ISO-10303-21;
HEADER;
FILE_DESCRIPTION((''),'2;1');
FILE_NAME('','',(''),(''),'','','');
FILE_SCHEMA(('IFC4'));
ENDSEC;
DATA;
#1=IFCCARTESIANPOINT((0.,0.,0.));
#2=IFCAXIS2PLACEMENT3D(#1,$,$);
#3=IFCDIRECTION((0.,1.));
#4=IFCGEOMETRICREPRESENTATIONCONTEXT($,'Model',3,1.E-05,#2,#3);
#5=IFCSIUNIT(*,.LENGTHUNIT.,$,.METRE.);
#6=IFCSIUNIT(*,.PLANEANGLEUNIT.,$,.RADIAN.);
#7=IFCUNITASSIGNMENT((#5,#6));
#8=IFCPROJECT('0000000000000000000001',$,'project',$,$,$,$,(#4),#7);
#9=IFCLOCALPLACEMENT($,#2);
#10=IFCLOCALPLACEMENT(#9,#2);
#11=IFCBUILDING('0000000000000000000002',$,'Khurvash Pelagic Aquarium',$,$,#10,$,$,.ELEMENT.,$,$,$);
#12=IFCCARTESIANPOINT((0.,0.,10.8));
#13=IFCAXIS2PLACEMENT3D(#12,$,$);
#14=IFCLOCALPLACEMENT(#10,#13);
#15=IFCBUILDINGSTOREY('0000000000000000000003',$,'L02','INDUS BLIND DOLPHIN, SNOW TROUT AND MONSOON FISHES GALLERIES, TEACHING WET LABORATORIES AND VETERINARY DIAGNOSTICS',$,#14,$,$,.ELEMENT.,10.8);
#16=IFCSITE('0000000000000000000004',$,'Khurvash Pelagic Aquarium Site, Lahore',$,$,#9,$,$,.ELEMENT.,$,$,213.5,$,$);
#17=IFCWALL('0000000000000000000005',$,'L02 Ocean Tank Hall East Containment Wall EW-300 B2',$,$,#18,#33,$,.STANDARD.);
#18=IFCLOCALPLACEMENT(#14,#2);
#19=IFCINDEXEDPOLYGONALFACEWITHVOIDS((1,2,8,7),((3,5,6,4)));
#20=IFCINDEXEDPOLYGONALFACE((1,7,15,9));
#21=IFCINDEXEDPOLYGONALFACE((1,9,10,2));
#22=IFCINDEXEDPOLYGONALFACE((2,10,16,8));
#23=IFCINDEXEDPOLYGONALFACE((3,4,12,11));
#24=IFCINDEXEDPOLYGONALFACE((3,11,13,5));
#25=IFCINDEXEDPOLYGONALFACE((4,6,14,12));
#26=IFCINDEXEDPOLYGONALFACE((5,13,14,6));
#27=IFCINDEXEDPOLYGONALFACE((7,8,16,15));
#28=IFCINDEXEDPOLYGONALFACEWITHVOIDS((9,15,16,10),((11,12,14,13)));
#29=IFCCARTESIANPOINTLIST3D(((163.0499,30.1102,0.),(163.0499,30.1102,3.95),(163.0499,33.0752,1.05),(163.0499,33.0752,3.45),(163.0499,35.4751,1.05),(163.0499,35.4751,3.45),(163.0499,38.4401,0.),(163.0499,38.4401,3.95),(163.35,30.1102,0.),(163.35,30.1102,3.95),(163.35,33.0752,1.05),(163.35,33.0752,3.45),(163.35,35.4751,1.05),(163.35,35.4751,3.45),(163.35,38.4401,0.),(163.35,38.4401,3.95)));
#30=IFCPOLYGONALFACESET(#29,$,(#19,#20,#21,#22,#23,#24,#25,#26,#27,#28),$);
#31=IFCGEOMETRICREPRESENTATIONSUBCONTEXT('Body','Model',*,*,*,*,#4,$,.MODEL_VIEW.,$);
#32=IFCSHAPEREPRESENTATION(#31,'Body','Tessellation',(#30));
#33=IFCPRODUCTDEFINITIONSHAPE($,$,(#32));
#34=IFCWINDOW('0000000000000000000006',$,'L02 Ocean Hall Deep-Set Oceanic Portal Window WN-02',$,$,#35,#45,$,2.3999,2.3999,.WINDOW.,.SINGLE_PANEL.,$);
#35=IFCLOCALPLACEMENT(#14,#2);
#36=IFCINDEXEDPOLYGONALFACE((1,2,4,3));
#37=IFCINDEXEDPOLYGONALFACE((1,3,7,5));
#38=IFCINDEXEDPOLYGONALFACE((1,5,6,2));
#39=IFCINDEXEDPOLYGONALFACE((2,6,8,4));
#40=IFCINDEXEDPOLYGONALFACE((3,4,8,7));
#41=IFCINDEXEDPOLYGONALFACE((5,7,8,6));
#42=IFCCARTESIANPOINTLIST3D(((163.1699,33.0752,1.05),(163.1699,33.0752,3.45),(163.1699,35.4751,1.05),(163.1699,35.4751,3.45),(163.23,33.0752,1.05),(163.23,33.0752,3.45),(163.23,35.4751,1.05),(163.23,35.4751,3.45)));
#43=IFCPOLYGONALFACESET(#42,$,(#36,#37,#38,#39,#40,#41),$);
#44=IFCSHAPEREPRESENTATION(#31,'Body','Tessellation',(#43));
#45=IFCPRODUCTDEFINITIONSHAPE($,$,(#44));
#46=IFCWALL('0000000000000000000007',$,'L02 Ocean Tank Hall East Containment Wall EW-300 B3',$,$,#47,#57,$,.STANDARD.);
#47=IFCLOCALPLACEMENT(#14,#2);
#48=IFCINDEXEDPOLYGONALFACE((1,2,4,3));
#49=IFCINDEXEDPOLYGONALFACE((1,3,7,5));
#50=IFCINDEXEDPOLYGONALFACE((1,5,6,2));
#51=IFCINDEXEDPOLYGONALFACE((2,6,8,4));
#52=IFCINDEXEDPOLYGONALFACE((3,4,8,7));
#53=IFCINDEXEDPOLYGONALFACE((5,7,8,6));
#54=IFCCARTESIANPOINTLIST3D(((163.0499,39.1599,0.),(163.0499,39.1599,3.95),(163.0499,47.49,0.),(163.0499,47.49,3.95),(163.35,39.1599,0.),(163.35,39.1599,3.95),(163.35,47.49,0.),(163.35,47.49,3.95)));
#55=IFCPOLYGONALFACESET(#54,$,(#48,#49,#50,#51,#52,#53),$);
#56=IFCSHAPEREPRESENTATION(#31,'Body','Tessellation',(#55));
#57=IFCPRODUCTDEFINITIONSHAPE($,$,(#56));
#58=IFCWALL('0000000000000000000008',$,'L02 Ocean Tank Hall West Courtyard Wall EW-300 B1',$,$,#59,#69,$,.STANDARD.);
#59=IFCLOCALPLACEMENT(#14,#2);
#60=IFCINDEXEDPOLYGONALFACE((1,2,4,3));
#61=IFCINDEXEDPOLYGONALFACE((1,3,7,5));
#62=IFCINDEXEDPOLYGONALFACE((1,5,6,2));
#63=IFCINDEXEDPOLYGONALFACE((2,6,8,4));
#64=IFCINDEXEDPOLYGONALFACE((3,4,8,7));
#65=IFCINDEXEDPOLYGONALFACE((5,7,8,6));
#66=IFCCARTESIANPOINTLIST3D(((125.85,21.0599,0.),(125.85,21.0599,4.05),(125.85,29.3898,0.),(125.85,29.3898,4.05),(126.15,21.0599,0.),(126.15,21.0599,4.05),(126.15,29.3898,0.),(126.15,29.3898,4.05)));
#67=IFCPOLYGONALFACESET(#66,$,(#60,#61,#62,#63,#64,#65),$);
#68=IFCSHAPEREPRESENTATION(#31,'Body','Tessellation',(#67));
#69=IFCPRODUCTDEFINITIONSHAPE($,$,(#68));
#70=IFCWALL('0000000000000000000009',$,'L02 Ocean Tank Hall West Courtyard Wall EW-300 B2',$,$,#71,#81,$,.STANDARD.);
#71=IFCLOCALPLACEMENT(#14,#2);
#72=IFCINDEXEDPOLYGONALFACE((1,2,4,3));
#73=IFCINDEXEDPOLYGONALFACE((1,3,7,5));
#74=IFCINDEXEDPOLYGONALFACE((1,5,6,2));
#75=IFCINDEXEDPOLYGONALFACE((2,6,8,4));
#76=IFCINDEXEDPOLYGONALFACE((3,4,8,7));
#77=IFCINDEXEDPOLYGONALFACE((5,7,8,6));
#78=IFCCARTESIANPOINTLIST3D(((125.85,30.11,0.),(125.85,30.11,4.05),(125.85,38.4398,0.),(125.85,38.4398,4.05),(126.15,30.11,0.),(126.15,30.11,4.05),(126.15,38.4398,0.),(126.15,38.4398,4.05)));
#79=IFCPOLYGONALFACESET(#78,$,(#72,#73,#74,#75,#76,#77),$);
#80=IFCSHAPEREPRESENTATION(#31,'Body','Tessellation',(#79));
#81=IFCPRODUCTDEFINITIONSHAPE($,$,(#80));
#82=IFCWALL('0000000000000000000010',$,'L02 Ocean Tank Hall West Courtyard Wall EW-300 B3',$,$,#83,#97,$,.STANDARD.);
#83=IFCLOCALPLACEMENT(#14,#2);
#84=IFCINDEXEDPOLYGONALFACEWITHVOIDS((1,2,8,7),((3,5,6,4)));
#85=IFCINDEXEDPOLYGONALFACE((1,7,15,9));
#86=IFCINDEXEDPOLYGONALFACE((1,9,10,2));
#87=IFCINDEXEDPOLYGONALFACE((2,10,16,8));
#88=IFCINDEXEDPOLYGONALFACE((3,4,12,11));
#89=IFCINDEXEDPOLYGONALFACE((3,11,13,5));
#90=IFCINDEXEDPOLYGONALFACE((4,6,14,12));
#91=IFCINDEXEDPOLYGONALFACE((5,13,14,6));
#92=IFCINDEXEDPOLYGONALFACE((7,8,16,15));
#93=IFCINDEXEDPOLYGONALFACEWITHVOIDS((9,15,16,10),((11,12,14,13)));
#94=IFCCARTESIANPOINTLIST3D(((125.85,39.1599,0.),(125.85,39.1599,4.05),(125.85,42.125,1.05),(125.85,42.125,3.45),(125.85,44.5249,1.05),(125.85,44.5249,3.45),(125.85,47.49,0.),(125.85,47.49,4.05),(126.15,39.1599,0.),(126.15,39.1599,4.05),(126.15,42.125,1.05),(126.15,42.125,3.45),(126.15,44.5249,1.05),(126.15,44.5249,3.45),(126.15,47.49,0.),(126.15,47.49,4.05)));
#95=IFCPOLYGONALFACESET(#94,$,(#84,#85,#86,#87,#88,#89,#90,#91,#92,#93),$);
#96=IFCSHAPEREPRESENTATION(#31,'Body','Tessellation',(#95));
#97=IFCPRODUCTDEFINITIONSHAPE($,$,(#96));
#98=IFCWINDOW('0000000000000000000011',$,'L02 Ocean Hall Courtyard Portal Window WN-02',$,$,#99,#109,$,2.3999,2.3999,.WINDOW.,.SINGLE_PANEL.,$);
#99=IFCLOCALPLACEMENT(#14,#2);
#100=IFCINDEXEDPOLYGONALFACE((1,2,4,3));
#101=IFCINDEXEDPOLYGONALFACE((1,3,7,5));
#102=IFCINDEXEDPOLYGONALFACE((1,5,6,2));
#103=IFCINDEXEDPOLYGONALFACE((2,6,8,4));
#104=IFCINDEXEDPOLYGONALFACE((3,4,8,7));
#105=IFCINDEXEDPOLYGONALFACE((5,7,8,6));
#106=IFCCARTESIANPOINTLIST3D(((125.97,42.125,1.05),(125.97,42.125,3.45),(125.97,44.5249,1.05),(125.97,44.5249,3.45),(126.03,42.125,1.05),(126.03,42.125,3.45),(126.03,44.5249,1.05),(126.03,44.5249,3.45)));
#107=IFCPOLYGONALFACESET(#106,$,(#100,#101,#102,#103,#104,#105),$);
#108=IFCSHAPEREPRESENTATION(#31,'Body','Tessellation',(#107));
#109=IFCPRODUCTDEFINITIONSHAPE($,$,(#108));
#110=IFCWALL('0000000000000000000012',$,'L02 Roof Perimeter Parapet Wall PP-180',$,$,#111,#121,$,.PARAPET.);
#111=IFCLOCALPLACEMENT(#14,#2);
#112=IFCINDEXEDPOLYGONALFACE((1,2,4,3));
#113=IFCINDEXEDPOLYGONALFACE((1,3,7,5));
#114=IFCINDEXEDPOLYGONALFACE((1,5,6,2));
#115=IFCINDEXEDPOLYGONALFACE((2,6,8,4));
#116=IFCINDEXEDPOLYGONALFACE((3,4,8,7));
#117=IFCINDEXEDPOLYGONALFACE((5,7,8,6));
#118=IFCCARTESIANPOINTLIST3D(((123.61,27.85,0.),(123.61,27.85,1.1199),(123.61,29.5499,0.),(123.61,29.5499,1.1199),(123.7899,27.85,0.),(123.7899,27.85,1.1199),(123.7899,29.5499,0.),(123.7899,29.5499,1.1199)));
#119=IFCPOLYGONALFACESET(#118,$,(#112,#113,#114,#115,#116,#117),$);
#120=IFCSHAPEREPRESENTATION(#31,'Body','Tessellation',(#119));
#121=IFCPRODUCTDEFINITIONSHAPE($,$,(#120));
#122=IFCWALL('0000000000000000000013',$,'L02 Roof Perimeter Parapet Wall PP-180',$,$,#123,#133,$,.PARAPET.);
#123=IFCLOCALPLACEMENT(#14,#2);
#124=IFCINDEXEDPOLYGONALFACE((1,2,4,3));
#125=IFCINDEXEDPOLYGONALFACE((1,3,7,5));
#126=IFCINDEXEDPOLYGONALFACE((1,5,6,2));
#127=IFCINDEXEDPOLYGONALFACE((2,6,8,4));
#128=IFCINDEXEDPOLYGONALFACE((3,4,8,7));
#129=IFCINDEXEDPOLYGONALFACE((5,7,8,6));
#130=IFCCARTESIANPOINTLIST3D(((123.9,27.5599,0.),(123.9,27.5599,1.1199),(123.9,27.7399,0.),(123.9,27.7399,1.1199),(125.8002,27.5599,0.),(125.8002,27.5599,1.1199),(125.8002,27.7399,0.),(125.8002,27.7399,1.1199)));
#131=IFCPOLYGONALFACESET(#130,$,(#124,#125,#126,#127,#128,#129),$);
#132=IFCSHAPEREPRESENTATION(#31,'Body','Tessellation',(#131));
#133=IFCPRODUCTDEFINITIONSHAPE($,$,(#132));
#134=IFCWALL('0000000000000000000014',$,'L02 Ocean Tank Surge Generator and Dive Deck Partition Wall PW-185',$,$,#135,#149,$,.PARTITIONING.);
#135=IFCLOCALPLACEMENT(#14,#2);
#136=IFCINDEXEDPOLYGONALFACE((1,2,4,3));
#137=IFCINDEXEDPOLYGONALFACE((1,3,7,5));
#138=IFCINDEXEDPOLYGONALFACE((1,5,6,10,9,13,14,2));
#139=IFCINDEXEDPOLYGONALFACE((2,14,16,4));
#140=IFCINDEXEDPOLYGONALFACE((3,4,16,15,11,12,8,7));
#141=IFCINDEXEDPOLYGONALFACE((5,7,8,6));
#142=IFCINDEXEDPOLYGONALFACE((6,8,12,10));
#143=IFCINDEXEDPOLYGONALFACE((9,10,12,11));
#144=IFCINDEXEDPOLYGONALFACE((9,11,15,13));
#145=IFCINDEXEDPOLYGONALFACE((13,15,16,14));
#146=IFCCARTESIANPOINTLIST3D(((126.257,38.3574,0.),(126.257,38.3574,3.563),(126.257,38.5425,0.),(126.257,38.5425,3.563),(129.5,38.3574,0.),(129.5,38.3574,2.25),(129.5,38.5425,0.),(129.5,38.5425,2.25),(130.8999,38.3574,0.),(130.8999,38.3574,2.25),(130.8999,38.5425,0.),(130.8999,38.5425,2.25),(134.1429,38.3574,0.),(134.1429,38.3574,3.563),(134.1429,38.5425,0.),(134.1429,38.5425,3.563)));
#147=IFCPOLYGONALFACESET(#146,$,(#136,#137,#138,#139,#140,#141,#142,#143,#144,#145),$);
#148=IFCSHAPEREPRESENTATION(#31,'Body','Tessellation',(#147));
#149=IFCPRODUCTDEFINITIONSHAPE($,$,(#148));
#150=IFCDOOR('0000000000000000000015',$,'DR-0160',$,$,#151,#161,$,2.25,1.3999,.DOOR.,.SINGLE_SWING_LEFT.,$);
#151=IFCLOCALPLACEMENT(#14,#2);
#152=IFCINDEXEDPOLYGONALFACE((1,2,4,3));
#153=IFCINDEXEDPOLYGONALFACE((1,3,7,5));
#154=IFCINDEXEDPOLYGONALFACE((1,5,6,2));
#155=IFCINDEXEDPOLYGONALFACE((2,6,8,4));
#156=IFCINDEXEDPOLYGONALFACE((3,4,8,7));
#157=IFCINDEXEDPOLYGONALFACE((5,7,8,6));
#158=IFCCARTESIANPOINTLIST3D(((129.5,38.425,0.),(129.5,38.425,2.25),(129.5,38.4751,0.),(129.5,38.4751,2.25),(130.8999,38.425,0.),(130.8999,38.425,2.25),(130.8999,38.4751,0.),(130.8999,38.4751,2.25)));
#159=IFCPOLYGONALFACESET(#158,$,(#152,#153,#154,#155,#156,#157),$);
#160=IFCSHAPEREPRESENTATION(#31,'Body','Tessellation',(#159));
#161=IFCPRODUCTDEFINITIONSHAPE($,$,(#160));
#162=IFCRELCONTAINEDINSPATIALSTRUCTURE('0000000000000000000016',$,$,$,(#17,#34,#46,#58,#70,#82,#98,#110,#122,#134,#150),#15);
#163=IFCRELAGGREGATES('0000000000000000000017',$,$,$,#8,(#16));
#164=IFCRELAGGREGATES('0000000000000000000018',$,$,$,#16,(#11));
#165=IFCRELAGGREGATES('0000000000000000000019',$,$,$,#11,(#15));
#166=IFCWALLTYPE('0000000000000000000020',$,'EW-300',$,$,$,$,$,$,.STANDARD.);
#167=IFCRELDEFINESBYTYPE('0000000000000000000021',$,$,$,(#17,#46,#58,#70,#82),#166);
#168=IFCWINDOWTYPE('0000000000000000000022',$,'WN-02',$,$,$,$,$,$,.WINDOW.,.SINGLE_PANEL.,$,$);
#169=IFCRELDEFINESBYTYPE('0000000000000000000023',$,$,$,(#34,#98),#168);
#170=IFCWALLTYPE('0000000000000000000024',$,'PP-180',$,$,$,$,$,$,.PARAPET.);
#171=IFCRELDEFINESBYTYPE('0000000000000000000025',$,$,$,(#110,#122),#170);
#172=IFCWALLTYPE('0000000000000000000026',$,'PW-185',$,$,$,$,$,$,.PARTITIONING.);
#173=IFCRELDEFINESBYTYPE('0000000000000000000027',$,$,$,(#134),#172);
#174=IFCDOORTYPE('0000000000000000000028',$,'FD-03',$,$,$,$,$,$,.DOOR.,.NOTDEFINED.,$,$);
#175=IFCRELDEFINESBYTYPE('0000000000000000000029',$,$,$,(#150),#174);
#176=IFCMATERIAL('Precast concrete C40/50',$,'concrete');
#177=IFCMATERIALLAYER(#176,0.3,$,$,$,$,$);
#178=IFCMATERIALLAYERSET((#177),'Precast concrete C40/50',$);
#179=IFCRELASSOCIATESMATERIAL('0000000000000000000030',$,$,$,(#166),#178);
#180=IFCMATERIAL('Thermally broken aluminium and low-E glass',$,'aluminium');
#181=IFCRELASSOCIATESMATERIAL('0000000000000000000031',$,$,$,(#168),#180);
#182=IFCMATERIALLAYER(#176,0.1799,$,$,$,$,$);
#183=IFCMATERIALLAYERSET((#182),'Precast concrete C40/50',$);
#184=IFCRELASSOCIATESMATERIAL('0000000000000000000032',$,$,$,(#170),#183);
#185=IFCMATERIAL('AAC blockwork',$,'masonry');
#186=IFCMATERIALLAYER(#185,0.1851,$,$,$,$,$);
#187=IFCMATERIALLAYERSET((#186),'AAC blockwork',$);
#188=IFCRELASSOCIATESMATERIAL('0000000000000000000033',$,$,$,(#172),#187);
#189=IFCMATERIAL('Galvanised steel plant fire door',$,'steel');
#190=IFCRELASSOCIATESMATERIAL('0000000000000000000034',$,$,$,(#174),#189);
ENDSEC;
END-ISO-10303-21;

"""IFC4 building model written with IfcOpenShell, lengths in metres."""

from ifc_helpers import new_model, si_unit, direction, frame, frame_2d, origin, place, context, subcontext, project, spatial, rectangle, extrude, material, layer, layer_set, type_object, element, fill, save


model = new_model("IFC4")

# Units and contexts
model_context = context("Model", 3, precision=1e-05, world=origin(), true_north=direction((0.0, 1.0)))
body_context = subcontext(model_context, "Body", "Model", "MODEL_VIEW")
ifc_project = project(units=[si_unit("LENGTHUNIT", "METRE"), si_unit("PLANEANGLEUNIT", "RADIAN")], contexts=[model_context])

# Site, building, storey
site_placement = place(None, origin())
site = spatial("IfcSite", under=ifc_project, at=site_placement, Name="Khurvash Pelagic Aquarium Site, Lahore", CompositionType="ELEMENT", RefElevation=213.5)
building_placement = place(site_placement, origin())
building = spatial("IfcBuilding", under=site, at=building_placement, Name="Khurvash Pelagic Aquarium", CompositionType="ELEMENT")
storey_placement = place(building_placement, frame((0.0, 0.0, 10.8)))
storey = spatial("IfcBuildingStorey", under=building, at=storey_placement, Name="L02", Description="INDUS BLIND DOLPHIN, SNOW TROUT AND MONSOON FISHES GALLERIES, TEACHING WET LABORATORIES AND VETERINARY DIAGNOSTICS", CompositionType="ELEMENT", Elevation=10.8)

# Wall, opening, window
ifc_material_1 = material(Name="Precast concrete C40/50", Category="concrete")
ifc_layer_1 = layer(ifc_material_1, 0.3)
ifc_layer_set_1 = layer_set([ifc_layer_1], Name="Precast concrete C40/50")
wall_type_1 = type_object("IfcWallType", Name="EW-300", PredefinedType="STANDARD", material=ifc_layer_set_1)
wall_1_placement = place(storey_placement, frame((163.2, 30.1101, 0.0), z_axis=(0.0, 0.0, 1.0), x_axis=(0.0, 1.0, 0.0)))
wall_1 = element("IfcWall", 1, at=wall_1_placement, inside=storey, type_object=wall_type_1, Name="L02 Ocean Tank Hall East Containment Wall EW-300 B2", PredefinedType="STANDARD", context=body_context, shape_type="SweptSolid", body=[
    extrude(rectangle(XDim=8.3298, YDim=0.3, at=frame_2d((4.165, 0.0))), origin(), (0.0, 0.0, 1.0), 3.95),
])
opening_1_placement = place(wall_1_placement, frame((2.9651, 0.0, 1.05)))
opening_1 = element("IfcOpeningElement", 2, at=opening_1_placement, cuts=wall_1, PredefinedType="OPENING", context=body_context, shape_type="SweptSolid", body=[
    extrude(rectangle(XDim=2.3999, YDim=2.3999, at=frame_2d((1.2, 1.2))), frame((0.0, 0.1602, 0.0), z_axis=(0.0, -1.0, 0.0), x_axis=(1.0, 0.0, 0.0)), (0.0, 0.0, 1.0), 0.3201),
])
ifc_material_2 = material(Name="Thermally broken aluminium and low-E glass", Category="aluminium")
window_type = type_object("IfcWindowType", Name="WN-02", PartitioningType="SINGLE_PANEL", PredefinedType="WINDOW", material=ifc_material_2)
window_1_placement = place(opening_1_placement, origin())
window_1 = element("IfcWindow", 3, at=window_1_placement, inside=storey, type_object=window_type, Name="L02 Ocean Hall Deep-Set Oceanic Portal Window WN-02", OverallHeight=2.3999, OverallWidth=2.3999, PartitioningType="SINGLE_PANEL", PredefinedType="WINDOW", context=body_context, shape_type="SweptSolid", body=[
    extrude(rectangle(XDim=2.3999, YDim=2.3999, at=frame_2d((1.2, 1.2))), frame((0.0, 0.03, 0.0), z_axis=(0.0, -1.0, 0.0), x_axis=(1.0, 0.0, 0.0)), (0.0, 0.0, 1.0), 0.0601),
])
fill(opening_1, window_1)

# Walls
wall_2_placement = place(storey_placement, frame((163.2, 39.1599, 0.0), z_axis=(0.0, 0.0, 1.0), x_axis=(0.0, 1.0, 0.0)))
element("IfcWall", 4, at=wall_2_placement, inside=storey, type_object=wall_type_1, Name="L02 Ocean Tank Hall East Containment Wall EW-300 B3", PredefinedType="STANDARD", context=body_context, shape_type="SweptSolid", body=[
    extrude(rectangle(XDim=8.3301, YDim=0.3, at=frame_2d((4.165, 0.0))), origin(), (0.0, 0.0, 1.0), 3.95),
])
for number, where, z_axis, x_axis, name in (
    (5, (126.0, 29.3899, 0.0), (0.0, 0.0, 1.0), (0.0, -1.0, 0.0), "L02 Ocean Tank Hall West Courtyard Wall EW-300 B1"),
    (6, (126.0, 38.4399, 0.0), (0.0, 0.0, 1.0), (0.0, -1.0, 0.0), "L02 Ocean Tank Hall West Courtyard Wall EW-300 B2"),
):
    element("IfcWall", number, at=place(storey_placement, frame(where, z_axis=z_axis, x_axis=x_axis)), inside=storey, type_object=wall_type_1, Name=name, PredefinedType="STANDARD", context=body_context, shape_type="SweptSolid", body=[
        extrude(rectangle(XDim=8.3298, YDim=0.3, at=frame_2d((4.165, 0.0))), origin(), (0.0, 0.0, 1.0), 4.05),
    ])

# Wall, opening, window
wall_3_placement = place(storey_placement, frame((126.0, 47.49, 0.0), z_axis=(0.0, 0.0, 1.0), x_axis=(0.0, -1.0, 0.0)))
wall_3 = element("IfcWall", 7, at=wall_3_placement, inside=storey, type_object=wall_type_1, Name="L02 Ocean Tank Hall West Courtyard Wall EW-300 B3", PredefinedType="STANDARD", context=body_context, shape_type="SweptSolid", body=[
    extrude(rectangle(XDim=8.3301, YDim=0.3, at=frame_2d((4.165, 0.0))), origin(), (0.0, 0.0, 1.0), 4.05),
])
opening_2_placement = place(wall_3_placement, frame((2.9651, 0.0, 1.05)))
opening_2 = element("IfcOpeningElement", 8, at=opening_2_placement, cuts=wall_3, PredefinedType="OPENING", context=body_context, shape_type="SweptSolid", body=[
    extrude(rectangle(XDim=2.3999, YDim=2.3999, at=frame_2d((1.2, 1.2))), frame((0.0, 0.1602, 0.0), z_axis=(0.0, -1.0, 0.0), x_axis=(1.0, 0.0, 0.0)), (0.0, 0.0, 1.0), 0.3201),
])
window_2_placement = place(opening_2_placement, origin())
window_2 = element("IfcWindow", 9, at=window_2_placement, inside=storey, type_object=window_type, Name="L02 Ocean Hall Courtyard Portal Window WN-02", OverallHeight=2.3999, OverallWidth=2.3999, PartitioningType="SINGLE_PANEL", PredefinedType="WINDOW", context=body_context, shape_type="SweptSolid", body=[
    extrude(rectangle(XDim=2.3999, YDim=2.3999, at=frame_2d((1.2, 1.2))), frame((0.0, 0.03, 0.0), z_axis=(0.0, -1.0, 0.0), x_axis=(1.0, 0.0, 0.0)), (0.0, 0.0, 1.0), 0.0601),
])
fill(opening_2, window_2)

# Walls
ifc_layer_2 = layer(ifc_material_1, 0.1799)
ifc_layer_set_2 = layer_set([ifc_layer_2], Name="Precast concrete C40/50")
wall_type_2 = type_object("IfcWallType", Name="PP-180", PredefinedType="PARAPET", material=ifc_layer_set_2)
wall_4_placement = place(storey_placement, frame((123.7, 29.55, 0.0), z_axis=(0.0, 0.0, 1.0), x_axis=(0.0, -1.0, 0.0)))
element("IfcWall", 10, at=wall_4_placement, inside=storey, type_object=wall_type_2, Name="L02 Roof Perimeter Parapet Wall PP-180", PredefinedType="PARAPET", context=body_context, shape_type="SweptSolid", body=[
    extrude(rectangle(XDim=1.7, YDim=0.1799, at=frame_2d((0.8501, 0.0))), origin(), (0.0, 0.0, 1.0), 1.1199),
])
wall_5_placement = place(storey_placement, frame((123.8999, 27.6499, 0.0), z_axis=(0.0, 0.0, 1.0), x_axis=(1.0, 0.0, 0.0)))
element("IfcWall", 11, at=wall_5_placement, inside=storey, type_object=wall_type_2, Name="L02 Roof Perimeter Parapet Wall PP-180", PredefinedType="PARAPET", context=body_context, shape_type="SweptSolid", body=[
    extrude(rectangle(XDim=1.9001, YDim=0.1799, at=frame_2d((0.9502, 0.0))), origin(), (0.0, 0.0, 1.0), 1.1199),
])

# Wall, opening, door
ifc_material_3 = material(Name="AAC blockwork", Category="masonry")
ifc_layer_3 = layer(ifc_material_3, 0.1851)
ifc_layer_set_3 = layer_set([ifc_layer_3], Name="AAC blockwork")
wall_type_3 = type_object("IfcWallType", Name="PW-185", PredefinedType="PARTITIONING", material=ifc_layer_set_3)
wall_6_placement = place(storey_placement, frame((126.2571, 38.45, 0.0), z_axis=(0.0, 0.0, 1.0), x_axis=(1.0, 0.0, 0.0)))
wall_6 = element("IfcWall", 12, at=wall_6_placement, inside=storey, type_object=wall_type_3, Name="L02 Ocean Tank Surge Generator and Dive Deck Partition Wall PW-185", PredefinedType="PARTITIONING", context=body_context, shape_type="SweptSolid", body=[
    extrude(rectangle(XDim=7.886, YDim=0.1851, at=frame_2d((3.9429, 0.0))), origin(), (0.0, 0.0, 1.0), 3.563),
])
opening_3_placement = place(wall_6_placement, frame((3.2429, 0.0, 0.0)))
opening_3 = element("IfcOpeningElement", 13, at=opening_3_placement, cuts=wall_6, PredefinedType="OPENING", context=body_context, shape_type="SweptSolid", body=[
    extrude(rectangle(XDim=1.3999, YDim=2.25, at=frame_2d((0.7, 1.125))), frame((0.0, 0.1025, 0.0), z_axis=(0.0, -1.0, 0.0), x_axis=(1.0, 0.0, 0.0)), (0.0, 0.0, 1.0), 0.2051),
])
ifc_material_4 = material(Name="Galvanised steel plant fire door", Category="steel")
door_type = type_object("IfcDoorType", Name="FD-03", OperationType="NOTDEFINED", PredefinedType="DOOR", material=ifc_material_4)
door_placement = place(opening_3_placement, frame((1.3999, 0.0, 0.0), z_axis=(0.0, 0.0, 1.0), x_axis=(-1.0, 0.0, 0.0)))
door = element("IfcDoor", 14, at=door_placement, inside=storey, type_object=door_type, Name="DR-0160", OperationType="SINGLE_SWING_LEFT", OverallHeight=2.25, OverallWidth=1.3999, PredefinedType="DOOR", context=body_context, shape_type="SweptSolid", body=[
    extrude(rectangle(XDim=1.3999, YDim=2.25, at=frame_2d((0.7, 1.125))), frame((0.0, 0.0249, 0.0), z_axis=(0.0, -1.0, 0.0), x_axis=(1.0, 0.0, 0.0)), (0.0, 0.0, 1.0), 0.05),
])
fill(opening_3, door)

save(model, "model.ifc")
